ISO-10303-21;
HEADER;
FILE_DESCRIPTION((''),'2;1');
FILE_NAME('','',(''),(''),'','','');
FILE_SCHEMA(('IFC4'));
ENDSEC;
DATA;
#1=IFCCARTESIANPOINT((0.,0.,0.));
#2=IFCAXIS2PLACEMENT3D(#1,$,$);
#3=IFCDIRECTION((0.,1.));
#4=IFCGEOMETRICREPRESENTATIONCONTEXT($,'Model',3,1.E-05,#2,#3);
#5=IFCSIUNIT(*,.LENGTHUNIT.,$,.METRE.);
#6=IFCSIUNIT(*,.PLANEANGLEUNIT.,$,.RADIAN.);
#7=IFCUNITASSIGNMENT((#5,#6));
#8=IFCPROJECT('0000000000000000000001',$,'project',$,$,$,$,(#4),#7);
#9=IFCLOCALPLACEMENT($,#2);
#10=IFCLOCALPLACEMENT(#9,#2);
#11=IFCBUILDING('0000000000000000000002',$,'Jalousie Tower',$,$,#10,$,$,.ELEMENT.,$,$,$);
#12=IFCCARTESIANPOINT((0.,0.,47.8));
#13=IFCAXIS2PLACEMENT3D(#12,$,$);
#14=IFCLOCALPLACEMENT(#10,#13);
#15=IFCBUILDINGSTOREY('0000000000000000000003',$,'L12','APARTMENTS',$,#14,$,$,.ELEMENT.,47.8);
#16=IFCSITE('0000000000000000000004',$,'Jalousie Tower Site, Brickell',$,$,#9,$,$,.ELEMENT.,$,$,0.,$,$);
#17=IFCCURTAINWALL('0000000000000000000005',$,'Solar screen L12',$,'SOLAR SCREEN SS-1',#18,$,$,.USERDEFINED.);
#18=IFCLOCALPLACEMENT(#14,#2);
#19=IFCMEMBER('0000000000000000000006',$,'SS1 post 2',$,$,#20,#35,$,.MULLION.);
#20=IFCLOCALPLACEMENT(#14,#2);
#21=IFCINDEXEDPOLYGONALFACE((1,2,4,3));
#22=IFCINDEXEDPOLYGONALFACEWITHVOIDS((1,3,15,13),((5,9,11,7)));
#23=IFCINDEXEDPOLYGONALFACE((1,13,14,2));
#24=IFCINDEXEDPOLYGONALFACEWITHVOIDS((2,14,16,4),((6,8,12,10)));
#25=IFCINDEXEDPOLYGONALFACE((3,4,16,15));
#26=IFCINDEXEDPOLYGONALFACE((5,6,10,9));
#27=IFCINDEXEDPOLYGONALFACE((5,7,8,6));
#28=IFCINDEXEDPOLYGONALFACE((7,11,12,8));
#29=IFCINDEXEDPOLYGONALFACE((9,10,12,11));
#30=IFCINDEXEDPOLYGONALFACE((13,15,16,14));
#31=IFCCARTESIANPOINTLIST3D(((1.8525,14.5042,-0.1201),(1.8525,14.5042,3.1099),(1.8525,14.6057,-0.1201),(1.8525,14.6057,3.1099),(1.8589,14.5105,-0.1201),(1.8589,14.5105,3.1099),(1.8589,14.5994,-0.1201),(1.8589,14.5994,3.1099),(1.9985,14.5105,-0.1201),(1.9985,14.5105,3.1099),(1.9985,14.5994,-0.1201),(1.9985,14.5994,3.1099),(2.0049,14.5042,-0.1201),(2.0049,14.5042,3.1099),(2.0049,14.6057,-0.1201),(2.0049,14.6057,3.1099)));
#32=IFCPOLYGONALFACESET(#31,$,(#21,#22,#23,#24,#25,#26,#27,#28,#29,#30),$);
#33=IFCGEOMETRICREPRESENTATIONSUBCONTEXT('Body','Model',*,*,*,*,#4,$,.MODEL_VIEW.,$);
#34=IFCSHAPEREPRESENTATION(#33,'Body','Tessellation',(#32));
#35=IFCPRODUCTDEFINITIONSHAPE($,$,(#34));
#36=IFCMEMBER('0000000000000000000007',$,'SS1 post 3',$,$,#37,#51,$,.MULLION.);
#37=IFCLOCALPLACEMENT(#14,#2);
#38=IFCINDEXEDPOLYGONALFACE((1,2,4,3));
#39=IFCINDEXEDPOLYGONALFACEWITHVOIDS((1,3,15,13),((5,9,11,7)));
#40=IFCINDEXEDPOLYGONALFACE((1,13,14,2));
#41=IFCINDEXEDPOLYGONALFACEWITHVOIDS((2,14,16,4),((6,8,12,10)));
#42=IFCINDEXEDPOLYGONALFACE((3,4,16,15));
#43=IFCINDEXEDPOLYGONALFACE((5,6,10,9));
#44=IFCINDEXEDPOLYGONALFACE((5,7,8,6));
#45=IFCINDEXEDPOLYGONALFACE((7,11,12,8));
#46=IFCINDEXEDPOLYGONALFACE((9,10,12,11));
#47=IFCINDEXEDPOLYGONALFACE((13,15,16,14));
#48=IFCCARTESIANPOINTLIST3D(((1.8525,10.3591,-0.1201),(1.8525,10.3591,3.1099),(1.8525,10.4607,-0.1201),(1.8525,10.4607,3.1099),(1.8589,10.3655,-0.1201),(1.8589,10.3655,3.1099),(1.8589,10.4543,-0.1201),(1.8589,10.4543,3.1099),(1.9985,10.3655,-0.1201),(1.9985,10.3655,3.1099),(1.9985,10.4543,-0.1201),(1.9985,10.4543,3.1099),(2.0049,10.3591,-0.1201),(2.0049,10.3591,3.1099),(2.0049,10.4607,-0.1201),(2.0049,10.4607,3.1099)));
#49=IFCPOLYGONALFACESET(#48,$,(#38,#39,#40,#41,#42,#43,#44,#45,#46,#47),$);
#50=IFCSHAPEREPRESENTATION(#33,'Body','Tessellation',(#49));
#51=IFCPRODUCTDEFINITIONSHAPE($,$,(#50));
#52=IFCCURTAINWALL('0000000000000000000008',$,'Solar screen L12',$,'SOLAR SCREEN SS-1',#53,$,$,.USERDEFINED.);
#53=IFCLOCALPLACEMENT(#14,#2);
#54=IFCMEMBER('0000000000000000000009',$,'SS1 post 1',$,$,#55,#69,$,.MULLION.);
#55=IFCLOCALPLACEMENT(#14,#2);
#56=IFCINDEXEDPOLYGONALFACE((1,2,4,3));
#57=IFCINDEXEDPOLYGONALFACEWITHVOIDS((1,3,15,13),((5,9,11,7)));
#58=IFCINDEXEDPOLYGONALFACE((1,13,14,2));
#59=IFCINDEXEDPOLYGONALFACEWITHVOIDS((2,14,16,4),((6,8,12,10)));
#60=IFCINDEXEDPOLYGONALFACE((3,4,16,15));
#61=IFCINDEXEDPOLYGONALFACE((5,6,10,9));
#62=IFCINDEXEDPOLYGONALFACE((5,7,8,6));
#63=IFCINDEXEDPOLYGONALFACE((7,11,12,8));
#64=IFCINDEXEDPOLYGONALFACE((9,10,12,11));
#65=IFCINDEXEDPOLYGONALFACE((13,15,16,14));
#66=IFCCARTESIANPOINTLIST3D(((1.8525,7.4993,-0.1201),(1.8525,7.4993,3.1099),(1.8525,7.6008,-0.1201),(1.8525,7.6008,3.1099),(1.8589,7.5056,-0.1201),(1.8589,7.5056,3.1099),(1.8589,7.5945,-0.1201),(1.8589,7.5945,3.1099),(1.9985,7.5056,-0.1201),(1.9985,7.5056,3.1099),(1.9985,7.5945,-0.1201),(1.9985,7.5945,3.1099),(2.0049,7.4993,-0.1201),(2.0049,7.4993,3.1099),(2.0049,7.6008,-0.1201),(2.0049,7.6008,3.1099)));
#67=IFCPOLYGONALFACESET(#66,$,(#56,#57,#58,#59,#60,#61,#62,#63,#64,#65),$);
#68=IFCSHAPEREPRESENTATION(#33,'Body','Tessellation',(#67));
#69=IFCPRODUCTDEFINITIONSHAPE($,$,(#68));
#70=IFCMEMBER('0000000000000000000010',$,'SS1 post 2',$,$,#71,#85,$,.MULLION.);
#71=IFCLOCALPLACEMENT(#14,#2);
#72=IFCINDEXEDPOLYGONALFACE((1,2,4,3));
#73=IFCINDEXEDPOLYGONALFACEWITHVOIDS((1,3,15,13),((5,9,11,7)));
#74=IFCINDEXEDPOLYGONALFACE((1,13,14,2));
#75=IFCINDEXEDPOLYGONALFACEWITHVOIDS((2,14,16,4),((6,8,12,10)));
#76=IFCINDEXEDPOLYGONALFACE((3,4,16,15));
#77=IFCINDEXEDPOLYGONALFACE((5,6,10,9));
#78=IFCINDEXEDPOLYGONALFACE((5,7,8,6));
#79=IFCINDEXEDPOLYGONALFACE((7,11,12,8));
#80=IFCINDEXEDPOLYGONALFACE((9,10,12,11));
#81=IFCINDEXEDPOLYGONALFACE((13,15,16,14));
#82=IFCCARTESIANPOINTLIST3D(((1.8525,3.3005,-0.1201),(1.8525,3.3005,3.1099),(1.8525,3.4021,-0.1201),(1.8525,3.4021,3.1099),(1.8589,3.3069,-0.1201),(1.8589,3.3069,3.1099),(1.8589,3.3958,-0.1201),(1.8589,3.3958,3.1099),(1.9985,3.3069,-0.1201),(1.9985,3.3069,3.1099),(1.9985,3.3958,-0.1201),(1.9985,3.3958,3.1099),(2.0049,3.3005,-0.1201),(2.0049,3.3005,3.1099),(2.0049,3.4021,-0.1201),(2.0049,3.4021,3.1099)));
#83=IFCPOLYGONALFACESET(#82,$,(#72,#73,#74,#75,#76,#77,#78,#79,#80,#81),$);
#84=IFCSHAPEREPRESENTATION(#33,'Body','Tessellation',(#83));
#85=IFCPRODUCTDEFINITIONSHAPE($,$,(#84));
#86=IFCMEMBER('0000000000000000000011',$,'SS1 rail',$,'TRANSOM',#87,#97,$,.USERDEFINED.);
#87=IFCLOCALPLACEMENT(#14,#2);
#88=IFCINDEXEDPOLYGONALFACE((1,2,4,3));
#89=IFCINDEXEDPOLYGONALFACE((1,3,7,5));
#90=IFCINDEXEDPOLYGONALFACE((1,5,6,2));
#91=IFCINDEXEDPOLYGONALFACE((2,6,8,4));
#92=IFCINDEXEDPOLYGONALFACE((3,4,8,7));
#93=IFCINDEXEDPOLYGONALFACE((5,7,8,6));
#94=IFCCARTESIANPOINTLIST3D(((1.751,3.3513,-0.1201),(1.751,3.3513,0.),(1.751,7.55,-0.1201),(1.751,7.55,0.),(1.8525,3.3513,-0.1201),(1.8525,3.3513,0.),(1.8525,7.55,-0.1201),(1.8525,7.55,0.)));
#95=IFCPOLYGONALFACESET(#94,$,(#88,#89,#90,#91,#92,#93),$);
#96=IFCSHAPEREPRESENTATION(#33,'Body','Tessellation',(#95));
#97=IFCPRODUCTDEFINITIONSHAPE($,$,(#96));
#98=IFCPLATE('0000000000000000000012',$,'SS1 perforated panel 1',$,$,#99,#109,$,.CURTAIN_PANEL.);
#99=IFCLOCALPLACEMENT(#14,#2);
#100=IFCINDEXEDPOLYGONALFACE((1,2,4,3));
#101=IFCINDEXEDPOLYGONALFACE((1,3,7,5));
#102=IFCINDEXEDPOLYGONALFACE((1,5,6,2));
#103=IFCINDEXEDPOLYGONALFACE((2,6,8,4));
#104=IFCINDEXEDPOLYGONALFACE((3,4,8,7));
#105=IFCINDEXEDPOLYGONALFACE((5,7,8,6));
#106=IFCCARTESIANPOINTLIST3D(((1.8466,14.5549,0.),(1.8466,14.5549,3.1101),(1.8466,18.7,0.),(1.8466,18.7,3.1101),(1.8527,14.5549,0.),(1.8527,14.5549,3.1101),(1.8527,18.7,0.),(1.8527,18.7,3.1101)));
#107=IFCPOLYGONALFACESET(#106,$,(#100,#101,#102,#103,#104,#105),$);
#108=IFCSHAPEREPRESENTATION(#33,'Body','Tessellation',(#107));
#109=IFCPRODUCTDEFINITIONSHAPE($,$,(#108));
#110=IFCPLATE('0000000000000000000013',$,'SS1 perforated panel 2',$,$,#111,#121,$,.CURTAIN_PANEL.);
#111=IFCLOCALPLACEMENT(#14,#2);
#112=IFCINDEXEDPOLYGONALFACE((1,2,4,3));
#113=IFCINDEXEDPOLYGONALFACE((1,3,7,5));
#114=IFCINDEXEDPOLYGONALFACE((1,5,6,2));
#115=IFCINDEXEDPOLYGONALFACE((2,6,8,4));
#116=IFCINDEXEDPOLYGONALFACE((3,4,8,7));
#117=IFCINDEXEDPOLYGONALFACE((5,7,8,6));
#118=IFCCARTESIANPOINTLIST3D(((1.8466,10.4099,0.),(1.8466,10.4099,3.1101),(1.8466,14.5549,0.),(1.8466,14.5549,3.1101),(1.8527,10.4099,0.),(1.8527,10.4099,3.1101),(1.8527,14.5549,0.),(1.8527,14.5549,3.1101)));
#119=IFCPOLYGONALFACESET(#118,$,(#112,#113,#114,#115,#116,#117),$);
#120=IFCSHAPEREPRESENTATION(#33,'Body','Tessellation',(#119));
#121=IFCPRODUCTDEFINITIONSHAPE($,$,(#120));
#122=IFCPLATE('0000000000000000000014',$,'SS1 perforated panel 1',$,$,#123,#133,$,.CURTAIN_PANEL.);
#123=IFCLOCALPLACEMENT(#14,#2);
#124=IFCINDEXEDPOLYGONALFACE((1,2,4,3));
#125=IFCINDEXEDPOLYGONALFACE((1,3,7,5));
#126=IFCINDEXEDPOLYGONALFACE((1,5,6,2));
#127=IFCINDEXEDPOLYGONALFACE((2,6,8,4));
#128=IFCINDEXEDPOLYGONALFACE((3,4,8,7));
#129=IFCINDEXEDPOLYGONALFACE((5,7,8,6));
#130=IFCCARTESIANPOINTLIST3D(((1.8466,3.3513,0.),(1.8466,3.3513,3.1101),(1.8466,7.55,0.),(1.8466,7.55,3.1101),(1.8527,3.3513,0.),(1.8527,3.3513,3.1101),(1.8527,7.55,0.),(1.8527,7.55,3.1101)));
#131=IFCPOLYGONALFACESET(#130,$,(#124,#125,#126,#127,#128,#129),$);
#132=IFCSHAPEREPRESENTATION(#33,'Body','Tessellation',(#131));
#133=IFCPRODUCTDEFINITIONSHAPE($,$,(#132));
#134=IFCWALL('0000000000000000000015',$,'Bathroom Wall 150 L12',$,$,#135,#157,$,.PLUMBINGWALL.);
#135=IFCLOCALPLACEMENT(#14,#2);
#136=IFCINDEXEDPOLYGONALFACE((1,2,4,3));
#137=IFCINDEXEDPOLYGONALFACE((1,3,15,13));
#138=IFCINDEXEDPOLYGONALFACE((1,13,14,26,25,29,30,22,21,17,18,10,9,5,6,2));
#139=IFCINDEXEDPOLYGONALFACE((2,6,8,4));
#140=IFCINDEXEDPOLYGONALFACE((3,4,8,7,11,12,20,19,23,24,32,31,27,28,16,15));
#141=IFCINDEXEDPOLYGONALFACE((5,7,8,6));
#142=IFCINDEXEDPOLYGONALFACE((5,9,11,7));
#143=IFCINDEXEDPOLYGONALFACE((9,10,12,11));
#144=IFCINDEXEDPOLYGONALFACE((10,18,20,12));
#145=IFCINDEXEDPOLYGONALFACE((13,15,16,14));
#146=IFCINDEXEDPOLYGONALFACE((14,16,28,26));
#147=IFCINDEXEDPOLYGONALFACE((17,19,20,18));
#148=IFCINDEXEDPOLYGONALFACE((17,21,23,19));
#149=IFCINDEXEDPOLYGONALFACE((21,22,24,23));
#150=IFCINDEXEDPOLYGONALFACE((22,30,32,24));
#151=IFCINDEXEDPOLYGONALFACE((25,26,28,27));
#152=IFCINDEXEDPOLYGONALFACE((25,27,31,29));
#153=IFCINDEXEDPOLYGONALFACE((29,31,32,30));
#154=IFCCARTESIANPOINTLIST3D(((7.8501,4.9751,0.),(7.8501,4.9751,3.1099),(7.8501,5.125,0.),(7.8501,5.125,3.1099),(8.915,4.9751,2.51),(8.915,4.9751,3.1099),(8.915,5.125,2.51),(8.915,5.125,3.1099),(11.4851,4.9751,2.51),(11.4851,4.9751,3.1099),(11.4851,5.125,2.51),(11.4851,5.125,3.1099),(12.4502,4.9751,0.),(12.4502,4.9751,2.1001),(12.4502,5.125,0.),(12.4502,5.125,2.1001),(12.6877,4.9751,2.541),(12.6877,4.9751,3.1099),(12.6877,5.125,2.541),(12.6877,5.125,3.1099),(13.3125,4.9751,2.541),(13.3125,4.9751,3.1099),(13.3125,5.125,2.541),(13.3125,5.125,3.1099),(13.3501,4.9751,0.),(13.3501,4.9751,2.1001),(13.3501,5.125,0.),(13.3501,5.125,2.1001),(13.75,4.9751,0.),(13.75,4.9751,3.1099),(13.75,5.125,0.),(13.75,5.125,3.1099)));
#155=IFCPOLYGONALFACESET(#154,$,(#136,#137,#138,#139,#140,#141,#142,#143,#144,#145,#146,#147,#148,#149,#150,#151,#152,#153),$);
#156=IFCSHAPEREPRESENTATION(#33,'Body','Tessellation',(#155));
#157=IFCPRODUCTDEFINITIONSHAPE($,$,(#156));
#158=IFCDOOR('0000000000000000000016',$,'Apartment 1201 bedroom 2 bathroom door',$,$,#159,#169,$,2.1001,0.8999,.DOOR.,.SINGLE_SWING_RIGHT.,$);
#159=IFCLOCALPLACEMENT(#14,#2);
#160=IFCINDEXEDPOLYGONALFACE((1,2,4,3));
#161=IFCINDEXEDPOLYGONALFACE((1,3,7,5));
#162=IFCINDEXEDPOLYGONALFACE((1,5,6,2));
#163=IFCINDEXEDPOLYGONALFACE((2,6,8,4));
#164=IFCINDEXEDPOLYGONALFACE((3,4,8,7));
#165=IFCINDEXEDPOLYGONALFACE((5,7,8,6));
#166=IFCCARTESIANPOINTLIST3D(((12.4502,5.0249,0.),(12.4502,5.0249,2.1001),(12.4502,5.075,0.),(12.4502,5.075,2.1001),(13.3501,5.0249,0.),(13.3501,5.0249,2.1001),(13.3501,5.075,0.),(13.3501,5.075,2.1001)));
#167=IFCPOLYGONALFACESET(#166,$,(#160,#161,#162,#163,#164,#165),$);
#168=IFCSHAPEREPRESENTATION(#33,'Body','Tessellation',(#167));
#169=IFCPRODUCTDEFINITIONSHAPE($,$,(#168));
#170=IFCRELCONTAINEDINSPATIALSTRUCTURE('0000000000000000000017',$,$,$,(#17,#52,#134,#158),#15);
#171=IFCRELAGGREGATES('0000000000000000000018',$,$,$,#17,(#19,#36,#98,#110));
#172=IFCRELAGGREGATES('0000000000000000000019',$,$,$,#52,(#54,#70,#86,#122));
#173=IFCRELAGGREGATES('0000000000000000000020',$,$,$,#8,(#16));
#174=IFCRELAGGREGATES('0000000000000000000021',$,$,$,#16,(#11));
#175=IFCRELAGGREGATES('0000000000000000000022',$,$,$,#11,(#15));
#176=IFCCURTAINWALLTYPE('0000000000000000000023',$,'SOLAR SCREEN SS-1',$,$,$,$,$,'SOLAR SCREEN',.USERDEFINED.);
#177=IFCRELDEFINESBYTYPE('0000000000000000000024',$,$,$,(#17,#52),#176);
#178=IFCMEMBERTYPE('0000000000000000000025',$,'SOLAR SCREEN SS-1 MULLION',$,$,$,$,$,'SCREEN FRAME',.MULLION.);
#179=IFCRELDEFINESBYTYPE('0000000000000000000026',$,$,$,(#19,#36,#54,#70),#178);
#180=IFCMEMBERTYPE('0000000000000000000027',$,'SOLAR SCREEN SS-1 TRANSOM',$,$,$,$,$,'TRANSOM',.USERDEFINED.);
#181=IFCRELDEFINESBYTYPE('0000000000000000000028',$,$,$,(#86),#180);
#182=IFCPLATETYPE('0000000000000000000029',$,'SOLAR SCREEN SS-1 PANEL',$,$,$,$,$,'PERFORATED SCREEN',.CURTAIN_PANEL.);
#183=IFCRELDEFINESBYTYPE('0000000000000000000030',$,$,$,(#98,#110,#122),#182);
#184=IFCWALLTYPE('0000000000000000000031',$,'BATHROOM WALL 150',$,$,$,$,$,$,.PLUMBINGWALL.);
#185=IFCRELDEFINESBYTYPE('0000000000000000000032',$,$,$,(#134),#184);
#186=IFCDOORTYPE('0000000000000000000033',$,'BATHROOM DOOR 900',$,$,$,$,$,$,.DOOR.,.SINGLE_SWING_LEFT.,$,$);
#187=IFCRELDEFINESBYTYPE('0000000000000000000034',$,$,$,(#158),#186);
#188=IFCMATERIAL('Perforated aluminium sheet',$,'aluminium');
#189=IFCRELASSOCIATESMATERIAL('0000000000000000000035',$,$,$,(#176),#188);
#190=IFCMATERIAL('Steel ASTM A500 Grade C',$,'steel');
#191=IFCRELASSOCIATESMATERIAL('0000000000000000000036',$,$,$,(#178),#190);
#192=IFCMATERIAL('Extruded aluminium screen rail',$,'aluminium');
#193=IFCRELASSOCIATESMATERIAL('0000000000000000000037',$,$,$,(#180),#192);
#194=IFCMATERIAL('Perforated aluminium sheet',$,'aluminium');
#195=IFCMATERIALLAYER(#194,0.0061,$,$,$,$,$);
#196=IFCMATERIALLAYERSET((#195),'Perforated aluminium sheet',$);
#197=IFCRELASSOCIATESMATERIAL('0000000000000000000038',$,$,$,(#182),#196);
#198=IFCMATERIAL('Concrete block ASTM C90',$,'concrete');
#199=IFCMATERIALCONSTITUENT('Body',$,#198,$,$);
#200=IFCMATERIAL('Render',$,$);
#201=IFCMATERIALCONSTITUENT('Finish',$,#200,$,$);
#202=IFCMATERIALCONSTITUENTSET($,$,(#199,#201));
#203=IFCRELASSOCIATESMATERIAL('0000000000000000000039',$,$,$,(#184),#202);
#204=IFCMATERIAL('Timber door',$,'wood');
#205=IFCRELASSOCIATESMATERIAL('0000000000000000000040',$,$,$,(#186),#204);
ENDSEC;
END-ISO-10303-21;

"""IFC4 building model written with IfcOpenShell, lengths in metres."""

from ifc_helpers import new_model, si_unit, direction, frame, frame_2d, origin, origin_2d, place, context, subcontext, project, spatial, polyline, rectangle, hollow_rectangle, outline, extrude, material, layer, layer_set, constituent, constituent_set, material_profile, profile_set, type_object, element, fill, aggregate, save


model = new_model("IFC4")

# Units and contexts
model_context = context("Model", 3, precision=1e-05, world=origin(), true_north=direction((0.0, 1.0)))
body_context = subcontext(model_context, "Body", "Model", "MODEL_VIEW")
ifc_project = project(units=[si_unit("LENGTHUNIT", "METRE"), si_unit("PLANEANGLEUNIT", "RADIAN")], contexts=[model_context])

# Site, building, storey
site_placement = place(None, origin())
site = spatial("IfcSite", under=ifc_project, at=site_placement, Name="Jalousie Tower Site, Brickell", CompositionType="ELEMENT", RefElevation=0.0)
building_placement = place(site_placement, origin())
building = spatial("IfcBuilding", under=site, at=building_placement, Name="Jalousie Tower", CompositionType="ELEMENT")
storey_placement = place(building_placement, frame((0.0, 0.0, 47.8)))
storey = spatial("IfcBuildingStorey", under=building, at=storey_placement, Name="L12", Description="APARTMENTS", CompositionType="ELEMENT", Elevation=47.8)

# Curtain walls, members
ifc_material_1 = material(Name="Perforated aluminium sheet", Category="aluminium")
curtain_wall_type_1 = type_object("IfcCurtainWallType", Name="SOLAR SCREEN SS-1", ElementType="SOLAR SCREEN", PredefinedType="USERDEFINED", material=ifc_material_1)
curtain_wall_1_placement = place(storey_placement, origin())
curtain_wall_1 = element("IfcCurtainWall", 1, at=curtain_wall_1_placement, inside=storey, type_object=curtain_wall_type_1, Name="Solar screen L12", ObjectType="SOLAR SCREEN SS-1", PredefinedType="USERDEFINED")
ifc_material_2 = material(Name="Steel ASTM A500 Grade C", Category="steel")
ifc_material_profile_1 = material_profile(ifc_material_2, hollow_rectangle(XDim=0.1016, YDim=0.1523, WallThickness=0.0063, at=origin_2d()), Name="HSS6X4X1/4")
ifc_profile_set_1 = profile_set([ifc_material_profile_1], Name="Steel ASTM A500 Grade C")
member_type_1 = type_object("IfcMemberType", Name="SOLAR SCREEN SS-1 MULLION", ElementType="SCREEN FRAME", PredefinedType="MULLION", material=ifc_profile_set_1)
member_1_placement = place(storey_placement, frame((1.9287, 14.5549, -0.1201), z_axis=(0.0, 0.0, 1.0), x_axis=(0.0, -1.0, 0.0)))
member_1 = element("IfcMember", 2, at=member_1_placement, type_object=member_type_1, Name="SS1 post 2", PredefinedType="MULLION", context=body_context, shape_type="SweptSolid", body=[
    extrude(hollow_rectangle(XDim=0.1016, YDim=0.1523, WallThickness=0.0063, at=origin_2d()), origin(), (0.0, 0.0, 1.0), 3.23),
])
member_2_placement = place(storey_placement, frame((1.9287, 10.4099, -0.1201), z_axis=(0.0, 0.0, 1.0), x_axis=(0.0, -1.0, 0.0)))
member_2 = element("IfcMember", 3, at=member_2_placement, type_object=member_type_1, Name="SS1 post 3", PredefinedType="MULLION", context=body_context, shape_type="SweptSolid", body=[
    extrude(hollow_rectangle(XDim=0.1016, YDim=0.1523, WallThickness=0.0063, at=origin_2d()), origin(), (0.0, 0.0, 1.0), 3.23),
])
curtain_wall_2_placement = place(storey_placement, origin())
curtain_wall_2 = element("IfcCurtainWall", 4, at=curtain_wall_2_placement, inside=storey, type_object=curtain_wall_type_1, Name="Solar screen L12", ObjectType="SOLAR SCREEN SS-1", PredefinedType="USERDEFINED")
member_3_placement = place(storey_placement, frame((1.9287, 7.55, -0.1201), z_axis=(0.0, 0.0, 1.0), x_axis=(0.0, -1.0, 0.0)))
member_3 = element("IfcMember", 5, at=member_3_placement, type_object=member_type_1, Name="SS1 post 1", PredefinedType="MULLION", context=body_context, shape_type="SweptSolid", body=[
    extrude(hollow_rectangle(XDim=0.1016, YDim=0.1523, WallThickness=0.0063, at=origin_2d()), origin(), (0.0, 0.0, 1.0), 3.23),
])
member_4_placement = place(storey_placement, frame((1.9287, 3.3513, -0.1201), z_axis=(0.0, 0.0, 1.0), x_axis=(0.0, -1.0, 0.0)))
member_4 = element("IfcMember", 6, at=member_4_placement, type_object=member_type_1, Name="SS1 post 2", PredefinedType="MULLION", context=body_context, shape_type="SweptSolid", body=[
    extrude(hollow_rectangle(XDim=0.1016, YDim=0.1523, WallThickness=0.0063, at=origin_2d()), origin(), (0.0, 0.0, 1.0), 3.23),
])
ifc_material_3 = material(Name="Extruded aluminium screen rail", Category="aluminium")
ifc_material_profile_2 = material_profile(ifc_material_3, rectangle(XDim=0.1016, YDim=0.1201, at=origin_2d()), Name="RAIL 102x120")
ifc_profile_set_2 = profile_set([ifc_material_profile_2], Name="Extruded aluminium screen rail")
member_type_2 = type_object("IfcMemberType", Name="SOLAR SCREEN SS-1 TRANSOM", ElementType="TRANSOM", PredefinedType="USERDEFINED", material=ifc_profile_set_2)
member_5_placement = place(storey_placement, frame((1.8018, 7.55, -0.0601), z_axis=(0.0, -1.0, 0.0), x_axis=(1.0, 0.0, 0.0)))
member_5 = element("IfcMember", 7, at=member_5_placement, type_object=member_type_2, Name="SS1 rail", ObjectType="TRANSOM", PredefinedType="USERDEFINED", context=body_context, shape_type="SweptSolid", body=[
    extrude(rectangle(XDim=0.1016, YDim=0.1201, at=origin_2d()), origin(), (0.0, 0.0, 1.0), 4.1987),
])

# Plates
ifc_material_4 = material(Name="Perforated aluminium sheet", Category="aluminium")
ifc_layer_1 = layer(ifc_material_4, 0.0061)
ifc_layer_set_1 = layer_set([ifc_layer_1], Name="Perforated aluminium sheet")
plate_type = type_object("IfcPlateType", Name="SOLAR SCREEN SS-1 PANEL", ElementType="PERFORATED SCREEN", PredefinedType="CURTAIN_PANEL", material=ifc_layer_set_1)
plate_1_placement = place(storey_placement, frame((1.8496, 16.6274, 0.0), z_axis=(0.0, 0.0, 1.0), x_axis=(0.0, -1.0, 0.0)))
plate_1 = element("IfcPlate", 8, at=plate_1_placement, type_object=plate_type, Name="SS1 perforated panel 1", PredefinedType="CURTAIN_PANEL", context=body_context, shape_type="SweptSolid", body=[
    extrude(rectangle(XDim=4.145, YDim=0.0061, at=origin_2d()), origin(), (0.0, 0.0, 1.0), 3.1101),
])
plate_2_placement = place(storey_placement, frame((1.8496, 12.4824, 0.0), z_axis=(0.0, 0.0, 1.0), x_axis=(0.0, -1.0, 0.0)))
plate_2 = element("IfcPlate", 9, at=plate_2_placement, type_object=plate_type, Name="SS1 perforated panel 2", PredefinedType="CURTAIN_PANEL", context=body_context, shape_type="SweptSolid", body=[
    extrude(rectangle(XDim=4.145, YDim=0.0061, at=origin_2d()), origin(), (0.0, 0.0, 1.0), 3.1101),
])
aggregate(curtain_wall_1, [member_1, member_2, plate_1, plate_2])
plate_3_placement = place(storey_placement, frame((1.8496, 5.4507, 0.0), z_axis=(0.0, 0.0, 1.0), x_axis=(0.0, -1.0, 0.0)))
plate_3 = element("IfcPlate", 10, at=plate_3_placement, type_object=plate_type, Name="SS1 perforated panel 1", PredefinedType="CURTAIN_PANEL", context=body_context, shape_type="SweptSolid", body=[
    extrude(rectangle(XDim=4.1987, YDim=0.0061, at=origin_2d()), origin(), (0.0, 0.0, 1.0), 3.1101),
])
aggregate(curtain_wall_2, [member_3, member_4, member_5, plate_3])

# Wall, opening, door
ifc_material_5 = material(Name="Concrete block ASTM C90", Category="concrete")
ifc_constituent_1 = constituent(ifc_material_5, Name="Body")
ifc_material_6 = material(Name="Render")
ifc_constituent_2 = constituent(ifc_material_6, Name="Finish")
ifc_constituent_set_1 = constituent_set(constituents=[ifc_constituent_1, ifc_constituent_2])
wall_type_1 = type_object("IfcWallType", Name="BATHROOM WALL 150", PredefinedType="PLUMBINGWALL", material=ifc_constituent_set_1)
wall_1_placement = place(storey_placement, frame((7.8501, 5.05, 0.0), z_axis=(0.0, 0.0, 1.0), x_axis=(1.0, 0.0, 0.0)))
wall_1 = element("IfcWall", 11, at=wall_1_placement, inside=storey, type_object=wall_type_1, Name="Bathroom Wall 150 L12", PredefinedType="PLUMBINGWALL", context=body_context, shape_type="SweptSolid", body=[
    extrude(outline(polyline([(0.0, 0.0), (5.8999, 0.0), (5.8999, 3.1099), (5.4624, 3.1099), (5.4624, 2.541), (4.8376, 2.541), (4.8376, 3.1099), (3.635, 3.1099), (3.635, 2.51), (1.0649, 2.51), (1.0649, 3.1099), (0.0, 3.1099), (0.0, 0.0)])), frame((0.0, 0.075, 0.0), z_axis=(0.0, -1.0, 0.0), x_axis=(1.0, 0.0, 0.0)), (0.0, 0.0, 1.0), 0.1499),
])
opening_1_placement = place(wall_1_placement, frame((4.6001, 0.0, 0.0)))
opening_1 = element("IfcOpeningElement", 12, at=opening_1_placement, cuts=wall_1, PredefinedType="OPENING", context=body_context, shape_type="SweptSolid", body=[
    extrude(rectangle(XDim=0.8999, YDim=2.1001, at=frame_2d((0.45, 1.05))), frame((0.0, 0.085, 0.0), z_axis=(0.0, -1.0, 0.0), x_axis=(1.0, 0.0, 0.0)), (0.0, 0.0, 1.0), 0.1699),
])
ifc_material_7 = material(Name="Timber door", Category="wood")
door_type_1 = type_object("IfcDoorType", Name="BATHROOM DOOR 900", OperationType="SINGLE_SWING_LEFT", PredefinedType="DOOR", material=ifc_material_7)
door_1_placement = place(opening_1_placement, origin())
door_1 = element("IfcDoor", 13, at=door_1_placement, inside=storey, type_object=door_type_1, Name="Apartment 1201 bedroom 2 bathroom door", OperationType="SINGLE_SWING_RIGHT", OverallHeight=2.1001, OverallWidth=0.8999, PredefinedType="DOOR", context=body_context, shape_type="SweptSolid", body=[
    extrude(rectangle(XDim=0.8999, YDim=2.1001, at=frame_2d((0.45, 1.05))), frame((0.0, 0.0249, 0.0), z_axis=(0.0, -1.0, 0.0), x_axis=(1.0, 0.0, 0.0)), (0.0, 0.0, 1.0), 0.05),
])
fill(opening_1, door_1)

save(model, "model.ifc")
